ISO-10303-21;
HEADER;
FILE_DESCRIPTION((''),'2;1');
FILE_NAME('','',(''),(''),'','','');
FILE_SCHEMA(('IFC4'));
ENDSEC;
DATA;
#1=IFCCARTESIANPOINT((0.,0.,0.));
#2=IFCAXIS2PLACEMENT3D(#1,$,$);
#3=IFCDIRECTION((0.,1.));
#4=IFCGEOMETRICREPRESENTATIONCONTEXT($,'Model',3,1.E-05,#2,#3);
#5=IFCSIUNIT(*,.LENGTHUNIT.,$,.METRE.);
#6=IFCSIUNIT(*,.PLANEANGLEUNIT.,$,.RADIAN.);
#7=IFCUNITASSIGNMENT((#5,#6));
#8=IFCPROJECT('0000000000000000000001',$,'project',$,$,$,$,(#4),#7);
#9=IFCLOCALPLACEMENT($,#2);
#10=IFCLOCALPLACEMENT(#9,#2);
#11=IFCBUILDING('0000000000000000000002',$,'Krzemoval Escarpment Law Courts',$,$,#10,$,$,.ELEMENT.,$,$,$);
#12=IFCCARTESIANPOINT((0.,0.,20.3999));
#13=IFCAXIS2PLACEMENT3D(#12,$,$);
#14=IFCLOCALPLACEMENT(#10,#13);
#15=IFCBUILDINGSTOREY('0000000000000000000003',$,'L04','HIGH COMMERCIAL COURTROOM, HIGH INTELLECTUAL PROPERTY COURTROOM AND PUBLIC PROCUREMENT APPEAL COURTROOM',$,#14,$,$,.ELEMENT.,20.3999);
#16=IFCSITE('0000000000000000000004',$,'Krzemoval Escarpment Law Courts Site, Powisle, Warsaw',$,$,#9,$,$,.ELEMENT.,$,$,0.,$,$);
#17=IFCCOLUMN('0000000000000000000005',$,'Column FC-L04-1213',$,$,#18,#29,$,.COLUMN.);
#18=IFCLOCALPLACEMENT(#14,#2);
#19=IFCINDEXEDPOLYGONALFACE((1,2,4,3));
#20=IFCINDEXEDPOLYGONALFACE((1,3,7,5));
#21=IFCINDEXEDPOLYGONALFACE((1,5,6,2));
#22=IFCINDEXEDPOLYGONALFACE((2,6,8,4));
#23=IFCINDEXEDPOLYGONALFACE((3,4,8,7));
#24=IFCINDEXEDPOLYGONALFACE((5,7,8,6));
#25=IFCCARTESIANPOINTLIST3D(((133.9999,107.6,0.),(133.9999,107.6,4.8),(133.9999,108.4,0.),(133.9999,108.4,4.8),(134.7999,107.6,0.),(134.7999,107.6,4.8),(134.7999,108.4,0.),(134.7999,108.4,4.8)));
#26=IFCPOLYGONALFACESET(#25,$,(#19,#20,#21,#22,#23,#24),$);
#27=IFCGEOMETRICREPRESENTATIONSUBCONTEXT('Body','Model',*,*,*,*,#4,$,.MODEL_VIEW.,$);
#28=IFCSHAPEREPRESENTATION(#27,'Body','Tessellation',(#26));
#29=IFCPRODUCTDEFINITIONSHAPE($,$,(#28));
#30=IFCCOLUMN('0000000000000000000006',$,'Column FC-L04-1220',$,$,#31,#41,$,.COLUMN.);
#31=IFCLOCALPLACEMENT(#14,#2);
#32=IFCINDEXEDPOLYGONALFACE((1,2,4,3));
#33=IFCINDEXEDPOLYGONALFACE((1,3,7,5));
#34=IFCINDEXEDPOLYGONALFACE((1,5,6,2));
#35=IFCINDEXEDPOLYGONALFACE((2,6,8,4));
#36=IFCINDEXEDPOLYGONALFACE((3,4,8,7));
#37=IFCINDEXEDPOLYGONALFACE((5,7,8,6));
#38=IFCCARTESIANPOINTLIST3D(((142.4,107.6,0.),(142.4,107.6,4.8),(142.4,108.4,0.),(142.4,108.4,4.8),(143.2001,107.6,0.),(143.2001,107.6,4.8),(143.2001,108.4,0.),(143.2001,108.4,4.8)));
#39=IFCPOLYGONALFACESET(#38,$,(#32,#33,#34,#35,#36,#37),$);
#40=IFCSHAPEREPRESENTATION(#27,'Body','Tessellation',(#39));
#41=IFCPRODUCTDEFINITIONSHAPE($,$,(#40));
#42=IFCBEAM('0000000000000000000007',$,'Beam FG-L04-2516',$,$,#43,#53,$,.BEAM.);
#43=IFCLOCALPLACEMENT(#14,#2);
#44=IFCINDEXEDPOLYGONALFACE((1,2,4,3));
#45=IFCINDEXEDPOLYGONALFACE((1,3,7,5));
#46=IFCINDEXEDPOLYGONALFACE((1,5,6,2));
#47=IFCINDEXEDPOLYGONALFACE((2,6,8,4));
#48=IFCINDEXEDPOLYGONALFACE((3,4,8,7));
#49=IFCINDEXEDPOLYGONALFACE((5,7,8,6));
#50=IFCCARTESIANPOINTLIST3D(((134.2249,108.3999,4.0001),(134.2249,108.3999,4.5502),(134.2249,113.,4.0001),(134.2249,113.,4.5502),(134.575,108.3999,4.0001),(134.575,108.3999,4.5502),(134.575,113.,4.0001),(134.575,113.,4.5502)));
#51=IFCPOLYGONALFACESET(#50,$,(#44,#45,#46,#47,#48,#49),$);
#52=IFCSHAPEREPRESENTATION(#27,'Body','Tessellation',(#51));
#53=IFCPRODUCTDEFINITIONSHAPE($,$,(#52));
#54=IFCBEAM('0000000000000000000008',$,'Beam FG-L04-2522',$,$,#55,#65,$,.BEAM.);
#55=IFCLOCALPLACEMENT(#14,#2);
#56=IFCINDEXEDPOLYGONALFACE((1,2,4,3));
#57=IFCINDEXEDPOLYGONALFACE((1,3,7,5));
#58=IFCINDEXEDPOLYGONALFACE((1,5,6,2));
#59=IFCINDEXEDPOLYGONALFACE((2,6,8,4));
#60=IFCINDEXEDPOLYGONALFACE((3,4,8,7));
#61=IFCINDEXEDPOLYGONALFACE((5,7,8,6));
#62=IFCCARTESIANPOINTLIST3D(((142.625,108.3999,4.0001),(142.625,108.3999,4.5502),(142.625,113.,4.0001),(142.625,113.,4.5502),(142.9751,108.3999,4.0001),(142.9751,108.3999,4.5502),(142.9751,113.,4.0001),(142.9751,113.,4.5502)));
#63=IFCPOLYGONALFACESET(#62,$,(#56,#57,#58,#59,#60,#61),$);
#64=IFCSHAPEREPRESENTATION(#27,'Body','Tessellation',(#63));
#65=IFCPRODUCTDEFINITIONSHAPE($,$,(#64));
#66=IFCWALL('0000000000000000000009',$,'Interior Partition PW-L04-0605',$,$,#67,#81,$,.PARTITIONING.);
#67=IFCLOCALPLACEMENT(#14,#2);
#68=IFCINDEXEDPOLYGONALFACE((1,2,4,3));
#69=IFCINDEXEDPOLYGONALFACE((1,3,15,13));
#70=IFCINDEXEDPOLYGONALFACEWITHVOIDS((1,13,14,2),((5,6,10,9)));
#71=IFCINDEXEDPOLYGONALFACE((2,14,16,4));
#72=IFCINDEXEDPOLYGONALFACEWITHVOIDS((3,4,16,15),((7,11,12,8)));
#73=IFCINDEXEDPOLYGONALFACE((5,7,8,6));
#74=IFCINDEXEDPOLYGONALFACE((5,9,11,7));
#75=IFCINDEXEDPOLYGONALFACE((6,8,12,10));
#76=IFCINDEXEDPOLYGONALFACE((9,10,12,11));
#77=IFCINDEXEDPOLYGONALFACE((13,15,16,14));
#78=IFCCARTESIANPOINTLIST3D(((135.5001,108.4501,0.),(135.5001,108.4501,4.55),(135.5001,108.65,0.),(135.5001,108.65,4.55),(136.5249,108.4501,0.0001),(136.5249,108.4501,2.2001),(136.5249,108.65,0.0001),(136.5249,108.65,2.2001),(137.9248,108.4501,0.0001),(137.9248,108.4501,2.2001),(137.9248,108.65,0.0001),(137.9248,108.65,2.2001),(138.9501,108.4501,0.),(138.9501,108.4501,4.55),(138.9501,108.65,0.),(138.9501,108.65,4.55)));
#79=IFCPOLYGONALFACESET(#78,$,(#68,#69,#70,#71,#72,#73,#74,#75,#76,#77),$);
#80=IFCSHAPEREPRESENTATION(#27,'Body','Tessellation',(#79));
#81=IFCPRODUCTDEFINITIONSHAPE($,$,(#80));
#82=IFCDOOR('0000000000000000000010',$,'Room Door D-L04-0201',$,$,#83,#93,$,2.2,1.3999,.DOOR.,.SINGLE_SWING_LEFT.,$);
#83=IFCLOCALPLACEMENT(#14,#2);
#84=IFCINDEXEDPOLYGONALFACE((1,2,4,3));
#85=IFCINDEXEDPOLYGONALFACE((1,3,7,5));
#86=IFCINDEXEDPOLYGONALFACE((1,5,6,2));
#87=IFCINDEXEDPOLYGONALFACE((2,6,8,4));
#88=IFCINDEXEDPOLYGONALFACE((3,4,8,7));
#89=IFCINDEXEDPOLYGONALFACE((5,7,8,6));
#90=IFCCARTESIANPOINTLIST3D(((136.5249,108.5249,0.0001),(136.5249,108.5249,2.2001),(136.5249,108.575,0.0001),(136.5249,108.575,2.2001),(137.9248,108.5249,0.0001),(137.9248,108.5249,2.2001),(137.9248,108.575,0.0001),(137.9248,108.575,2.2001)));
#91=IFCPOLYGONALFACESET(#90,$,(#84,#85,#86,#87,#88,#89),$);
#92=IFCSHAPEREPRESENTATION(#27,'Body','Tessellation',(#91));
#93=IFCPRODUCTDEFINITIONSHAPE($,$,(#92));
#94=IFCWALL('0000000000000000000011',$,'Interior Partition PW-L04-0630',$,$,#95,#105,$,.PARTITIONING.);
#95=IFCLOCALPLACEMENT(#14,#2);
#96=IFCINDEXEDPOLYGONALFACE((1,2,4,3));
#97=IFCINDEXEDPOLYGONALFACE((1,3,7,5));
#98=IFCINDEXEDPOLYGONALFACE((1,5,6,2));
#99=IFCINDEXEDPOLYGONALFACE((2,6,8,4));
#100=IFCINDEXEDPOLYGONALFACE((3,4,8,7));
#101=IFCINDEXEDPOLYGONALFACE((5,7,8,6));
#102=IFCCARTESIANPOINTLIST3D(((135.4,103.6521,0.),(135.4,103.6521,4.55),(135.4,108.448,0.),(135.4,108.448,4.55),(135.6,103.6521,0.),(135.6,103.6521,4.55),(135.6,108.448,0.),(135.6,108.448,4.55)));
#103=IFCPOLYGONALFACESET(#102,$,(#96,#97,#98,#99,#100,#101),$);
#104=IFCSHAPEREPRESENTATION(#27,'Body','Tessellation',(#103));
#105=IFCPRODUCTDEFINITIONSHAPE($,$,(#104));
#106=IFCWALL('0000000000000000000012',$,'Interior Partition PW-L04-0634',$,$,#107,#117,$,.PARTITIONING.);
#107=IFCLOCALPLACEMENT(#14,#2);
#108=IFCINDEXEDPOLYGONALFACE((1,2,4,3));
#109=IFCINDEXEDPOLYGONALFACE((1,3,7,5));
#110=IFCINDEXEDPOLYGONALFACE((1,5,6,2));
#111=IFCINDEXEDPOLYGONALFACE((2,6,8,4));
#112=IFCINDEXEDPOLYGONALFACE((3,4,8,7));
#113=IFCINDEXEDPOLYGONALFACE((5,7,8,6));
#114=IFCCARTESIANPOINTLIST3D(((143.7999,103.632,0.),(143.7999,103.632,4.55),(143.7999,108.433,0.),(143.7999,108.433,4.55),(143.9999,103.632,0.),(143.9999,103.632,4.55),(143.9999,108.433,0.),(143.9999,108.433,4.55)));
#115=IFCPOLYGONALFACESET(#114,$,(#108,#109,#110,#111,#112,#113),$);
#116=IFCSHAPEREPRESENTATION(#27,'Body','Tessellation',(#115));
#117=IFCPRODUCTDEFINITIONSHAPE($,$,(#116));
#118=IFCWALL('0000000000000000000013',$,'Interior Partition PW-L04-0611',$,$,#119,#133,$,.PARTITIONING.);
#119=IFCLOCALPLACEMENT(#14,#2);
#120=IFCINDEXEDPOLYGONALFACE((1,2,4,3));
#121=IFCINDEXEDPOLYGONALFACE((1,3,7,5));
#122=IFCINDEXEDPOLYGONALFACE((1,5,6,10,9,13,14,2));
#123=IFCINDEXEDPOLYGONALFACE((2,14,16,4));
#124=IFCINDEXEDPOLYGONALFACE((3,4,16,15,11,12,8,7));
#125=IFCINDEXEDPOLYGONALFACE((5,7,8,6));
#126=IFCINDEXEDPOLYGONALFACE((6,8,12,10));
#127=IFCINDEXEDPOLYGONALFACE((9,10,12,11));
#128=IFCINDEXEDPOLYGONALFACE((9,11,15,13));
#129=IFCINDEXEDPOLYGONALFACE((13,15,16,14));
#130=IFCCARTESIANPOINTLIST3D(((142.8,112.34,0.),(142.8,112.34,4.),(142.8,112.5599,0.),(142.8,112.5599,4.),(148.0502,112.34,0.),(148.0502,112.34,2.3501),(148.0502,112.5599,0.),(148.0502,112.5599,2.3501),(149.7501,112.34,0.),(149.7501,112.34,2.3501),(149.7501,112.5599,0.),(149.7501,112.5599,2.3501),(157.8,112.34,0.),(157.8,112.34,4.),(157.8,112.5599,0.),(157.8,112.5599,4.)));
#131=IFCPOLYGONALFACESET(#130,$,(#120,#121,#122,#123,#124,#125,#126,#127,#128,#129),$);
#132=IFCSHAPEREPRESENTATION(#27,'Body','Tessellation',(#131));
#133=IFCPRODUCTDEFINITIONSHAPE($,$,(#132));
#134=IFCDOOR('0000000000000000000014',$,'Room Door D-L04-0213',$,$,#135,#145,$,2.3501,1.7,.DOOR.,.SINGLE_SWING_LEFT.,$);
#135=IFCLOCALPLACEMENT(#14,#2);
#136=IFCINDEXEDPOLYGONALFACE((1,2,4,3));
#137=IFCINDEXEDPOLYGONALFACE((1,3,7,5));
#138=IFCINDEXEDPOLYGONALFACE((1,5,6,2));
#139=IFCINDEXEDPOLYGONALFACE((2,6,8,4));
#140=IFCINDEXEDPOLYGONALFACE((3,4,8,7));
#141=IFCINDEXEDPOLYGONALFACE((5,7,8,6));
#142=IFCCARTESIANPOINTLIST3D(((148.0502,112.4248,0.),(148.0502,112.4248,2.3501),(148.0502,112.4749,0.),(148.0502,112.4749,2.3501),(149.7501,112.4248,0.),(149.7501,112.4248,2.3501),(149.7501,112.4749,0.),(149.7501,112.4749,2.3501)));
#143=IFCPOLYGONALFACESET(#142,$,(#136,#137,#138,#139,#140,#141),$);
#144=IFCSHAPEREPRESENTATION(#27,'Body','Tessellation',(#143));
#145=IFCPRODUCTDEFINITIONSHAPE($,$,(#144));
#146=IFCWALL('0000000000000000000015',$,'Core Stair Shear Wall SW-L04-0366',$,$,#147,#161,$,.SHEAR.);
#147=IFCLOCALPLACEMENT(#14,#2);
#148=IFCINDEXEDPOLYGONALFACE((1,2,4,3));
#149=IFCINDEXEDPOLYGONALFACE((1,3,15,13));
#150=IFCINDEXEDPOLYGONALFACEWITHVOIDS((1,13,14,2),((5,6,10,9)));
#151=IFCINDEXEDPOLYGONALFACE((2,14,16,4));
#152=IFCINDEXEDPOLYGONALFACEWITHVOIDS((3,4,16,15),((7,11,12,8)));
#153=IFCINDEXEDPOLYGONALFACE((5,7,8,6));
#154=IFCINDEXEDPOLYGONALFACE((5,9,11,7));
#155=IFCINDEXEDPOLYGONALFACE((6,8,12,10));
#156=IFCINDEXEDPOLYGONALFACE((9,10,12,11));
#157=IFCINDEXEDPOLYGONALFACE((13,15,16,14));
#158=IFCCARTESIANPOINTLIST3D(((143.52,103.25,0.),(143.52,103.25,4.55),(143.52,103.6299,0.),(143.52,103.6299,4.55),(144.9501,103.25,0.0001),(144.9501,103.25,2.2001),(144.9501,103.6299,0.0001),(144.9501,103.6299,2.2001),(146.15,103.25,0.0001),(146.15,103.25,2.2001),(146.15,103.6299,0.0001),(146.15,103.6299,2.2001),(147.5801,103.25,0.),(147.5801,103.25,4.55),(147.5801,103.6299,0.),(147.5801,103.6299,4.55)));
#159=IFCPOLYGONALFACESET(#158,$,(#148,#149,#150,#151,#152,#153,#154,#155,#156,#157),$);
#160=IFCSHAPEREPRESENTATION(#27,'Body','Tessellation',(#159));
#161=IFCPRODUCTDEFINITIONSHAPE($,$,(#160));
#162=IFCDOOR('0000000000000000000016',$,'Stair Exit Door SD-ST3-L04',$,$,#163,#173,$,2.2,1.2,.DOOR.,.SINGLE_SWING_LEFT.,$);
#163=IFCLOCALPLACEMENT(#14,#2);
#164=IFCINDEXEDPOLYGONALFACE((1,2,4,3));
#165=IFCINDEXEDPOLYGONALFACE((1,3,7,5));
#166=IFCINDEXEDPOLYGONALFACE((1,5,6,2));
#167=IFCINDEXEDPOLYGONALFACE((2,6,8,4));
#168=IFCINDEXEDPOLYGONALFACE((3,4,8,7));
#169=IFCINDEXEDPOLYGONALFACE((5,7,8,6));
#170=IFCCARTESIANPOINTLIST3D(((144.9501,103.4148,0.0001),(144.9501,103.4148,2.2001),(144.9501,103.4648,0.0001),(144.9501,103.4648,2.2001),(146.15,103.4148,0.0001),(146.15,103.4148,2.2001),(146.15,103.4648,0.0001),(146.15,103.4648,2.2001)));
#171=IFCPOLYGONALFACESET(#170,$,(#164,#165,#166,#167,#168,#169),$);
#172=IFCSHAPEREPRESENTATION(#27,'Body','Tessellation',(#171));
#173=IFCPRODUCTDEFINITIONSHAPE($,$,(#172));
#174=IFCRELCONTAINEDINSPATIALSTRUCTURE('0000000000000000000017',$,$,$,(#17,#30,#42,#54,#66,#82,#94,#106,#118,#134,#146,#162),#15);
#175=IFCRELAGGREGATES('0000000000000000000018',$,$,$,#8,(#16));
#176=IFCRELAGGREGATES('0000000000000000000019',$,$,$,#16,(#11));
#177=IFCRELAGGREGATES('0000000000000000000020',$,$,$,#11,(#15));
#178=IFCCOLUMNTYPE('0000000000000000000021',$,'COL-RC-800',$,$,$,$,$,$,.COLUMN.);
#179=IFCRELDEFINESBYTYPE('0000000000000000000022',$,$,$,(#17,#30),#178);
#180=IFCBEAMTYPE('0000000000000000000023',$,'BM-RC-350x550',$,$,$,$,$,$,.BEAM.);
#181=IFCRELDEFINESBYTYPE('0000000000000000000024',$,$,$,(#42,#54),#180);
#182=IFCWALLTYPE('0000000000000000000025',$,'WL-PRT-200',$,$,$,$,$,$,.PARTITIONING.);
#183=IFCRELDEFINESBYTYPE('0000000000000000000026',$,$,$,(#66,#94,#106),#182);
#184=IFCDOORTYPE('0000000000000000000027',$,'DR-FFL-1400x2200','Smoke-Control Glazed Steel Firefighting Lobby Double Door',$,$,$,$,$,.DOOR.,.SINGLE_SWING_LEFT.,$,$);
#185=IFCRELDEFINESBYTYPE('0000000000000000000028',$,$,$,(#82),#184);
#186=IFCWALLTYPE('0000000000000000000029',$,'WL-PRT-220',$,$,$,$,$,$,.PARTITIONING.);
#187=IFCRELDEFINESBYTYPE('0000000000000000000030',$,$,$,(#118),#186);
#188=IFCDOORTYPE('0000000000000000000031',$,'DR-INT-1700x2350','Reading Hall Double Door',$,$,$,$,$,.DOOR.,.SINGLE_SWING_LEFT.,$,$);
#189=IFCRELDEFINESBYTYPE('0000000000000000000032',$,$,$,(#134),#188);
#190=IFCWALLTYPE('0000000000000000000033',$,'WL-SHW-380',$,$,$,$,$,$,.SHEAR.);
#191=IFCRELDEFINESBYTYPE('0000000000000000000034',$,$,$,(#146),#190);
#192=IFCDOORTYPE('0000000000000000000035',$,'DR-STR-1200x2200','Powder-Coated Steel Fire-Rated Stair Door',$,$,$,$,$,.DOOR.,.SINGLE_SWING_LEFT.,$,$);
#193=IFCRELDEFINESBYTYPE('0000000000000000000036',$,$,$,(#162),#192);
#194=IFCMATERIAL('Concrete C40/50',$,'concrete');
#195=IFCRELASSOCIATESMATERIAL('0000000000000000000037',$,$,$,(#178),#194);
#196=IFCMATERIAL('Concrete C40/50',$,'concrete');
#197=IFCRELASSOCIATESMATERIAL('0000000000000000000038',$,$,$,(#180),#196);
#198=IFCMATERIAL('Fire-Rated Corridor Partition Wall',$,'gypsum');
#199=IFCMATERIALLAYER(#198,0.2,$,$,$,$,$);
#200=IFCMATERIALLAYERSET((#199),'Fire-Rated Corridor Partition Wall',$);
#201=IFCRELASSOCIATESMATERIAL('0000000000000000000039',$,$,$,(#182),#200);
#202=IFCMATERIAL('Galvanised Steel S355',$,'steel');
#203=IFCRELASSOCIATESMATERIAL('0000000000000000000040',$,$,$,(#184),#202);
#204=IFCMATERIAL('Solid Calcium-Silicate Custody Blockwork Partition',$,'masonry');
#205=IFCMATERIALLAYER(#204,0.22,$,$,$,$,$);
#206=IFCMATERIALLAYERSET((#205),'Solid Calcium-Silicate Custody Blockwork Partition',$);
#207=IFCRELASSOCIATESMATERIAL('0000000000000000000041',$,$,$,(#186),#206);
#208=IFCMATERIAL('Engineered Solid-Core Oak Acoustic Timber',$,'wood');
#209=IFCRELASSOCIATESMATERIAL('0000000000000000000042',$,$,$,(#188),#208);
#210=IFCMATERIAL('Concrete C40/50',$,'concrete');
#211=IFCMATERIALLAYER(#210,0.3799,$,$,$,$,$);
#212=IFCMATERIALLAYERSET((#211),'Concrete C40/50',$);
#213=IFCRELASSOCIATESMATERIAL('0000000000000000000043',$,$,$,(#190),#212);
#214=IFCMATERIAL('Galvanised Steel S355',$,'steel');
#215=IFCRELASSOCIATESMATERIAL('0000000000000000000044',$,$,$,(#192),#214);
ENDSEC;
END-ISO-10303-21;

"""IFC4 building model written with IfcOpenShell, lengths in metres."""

from ifc_helpers import new_model, si_unit, direction, frame, frame_2d, origin, origin_2d, place, context, subcontext, project, spatial, rectangle, extrude, material, layer, layer_set, material_profile, profile_set, type_object, element, fill, save


model = new_model("IFC4")

# Units and contexts
model_context = context("Model", 3, precision=1e-05, world=origin(), true_north=direction((0.0, 1.0)))
body_context = subcontext(model_context, "Body", "Model", "MODEL_VIEW")
ifc_project = project(units=[si_unit("LENGTHUNIT", "METRE"), si_unit("PLANEANGLEUNIT", "RADIAN")], contexts=[model_context])

# Site, building, storey
site_placement = place(None, origin())
site = spatial("IfcSite", under=ifc_project, at=site_placement, Name="Krzemoval Escarpment Law Courts Site, Powisle, Warsaw", CompositionType="ELEMENT", RefElevation=0.0)
building_placement = place(site_placement, origin())
building = spatial("IfcBuilding", under=site, at=building_placement, Name="Krzemoval Escarpment Law Courts", CompositionType="ELEMENT")
storey_placement = place(building_placement, frame((0.0, 0.0, 20.3999)))
storey = spatial("IfcBuildingStorey", under=building, at=storey_placement, Name="L04", Description="HIGH COMMERCIAL COURTROOM, HIGH INTELLECTUAL PROPERTY COURTROOM AND PUBLIC PROCUREMENT APPEAL COURTROOM", CompositionType="ELEMENT", Elevation=20.3999)

# Columns
ifc_material_1 = material(Name="Concrete C40/50", Category="concrete")
ifc_material_profile_1 = material_profile(ifc_material_1, rectangle(XDim=0.8, YDim=0.8, at=origin_2d()), Name="RC 800x800")
ifc_profile_set_1 = profile_set([ifc_material_profile_1], Name="Concrete C40/50")
column_type = type_object("IfcColumnType", Name="COL-RC-800", PredefinedType="COLUMN", material=ifc_profile_set_1)
for number, where, z_axis, x_axis, name in (
    (1, (134.3999, 108.0, 0.0), (0.0, 0.0, 1.0), (1.0, 0.0, 0.0), "Column FC-L04-1213"),
    (2, (142.8, 108.0, 0.0), (0.0, 0.0, 1.0), (1.0, 0.0, 0.0), "Column FC-L04-1220"),
):
    element("IfcColumn", number, at=place(storey_placement, frame(where, z_axis=z_axis, x_axis=x_axis)), inside=storey, type_object=column_type, Name=name, PredefinedType="COLUMN", context=body_context, shape_type="SweptSolid", body=[
        extrude(rectangle(XDim=0.8, YDim=0.8, at=origin_2d()), origin(), (0.0, 0.0, 1.0), 4.8),
    ])

# Beams
ifc_material_2 = material(Name="Concrete C40/50", Category="concrete")
ifc_material_profile_2 = material_profile(ifc_material_2, rectangle(XDim=0.3501, YDim=0.55, at=origin_2d()), Name="RCB 350x550")
ifc_profile_set_2 = profile_set([ifc_material_profile_2], Name="Concrete C40/50")
beam_type = type_object("IfcBeamType", Name="BM-RC-350x550", PredefinedType="BEAM", material=ifc_profile_set_2)
for number, where, z_axis, x_axis, name in (
    (3, (134.3999, 108.3999, 4.2751), (0.0, 1.0, 0.0), (-1.0, 0.0, 0.0), "Beam FG-L04-2516"),
    (4, (142.8, 108.3999, 4.2751), (0.0, 1.0, 0.0), (-1.0, 0.0, 0.0), "Beam FG-L04-2522"),
):
    element("IfcBeam", number, at=place(storey_placement, frame(where, z_axis=z_axis, x_axis=x_axis)), inside=storey, type_object=beam_type, Name=name, PredefinedType="BEAM", context=body_context, shape_type="SweptSolid", body=[
        extrude(rectangle(XDim=0.3501, YDim=0.55, at=origin_2d()), origin(), (0.0, 0.0, 1.0), 4.6001),
    ])

# Wall, opening, door
ifc_material_3 = material(Name="Fire-Rated Corridor Partition Wall", Category="gypsum")
ifc_layer_1 = layer(ifc_material_3, 0.2)
ifc_layer_set_1 = layer_set([ifc_layer_1], Name="Fire-Rated Corridor Partition Wall")
wall_type_1 = type_object("IfcWallType", Name="WL-PRT-200", PredefinedType="PARTITIONING", material=ifc_layer_set_1)
wall_1_placement = place(storey_placement, frame((135.5, 108.55, 0.0), z_axis=(0.0, 0.0, 1.0), x_axis=(1.0, 0.0, 0.0)))
wall_1 = element("IfcWall", 5, at=wall_1_placement, inside=storey, type_object=wall_type_1, Name="Interior Partition PW-L04-0605", PredefinedType="PARTITIONING", context=body_context, shape_type="SweptSolid", body=[
    extrude(rectangle(XDim=3.45, YDim=0.2, at=frame_2d((1.7251, 0.0))), origin(), (0.0, 0.0, 1.0), 4.55),
])
opening_1_placement = place(wall_1_placement, frame((1.0249, 0.0, 0.0)))
opening_1 = element("IfcOpeningElement", 6, at=opening_1_placement, cuts=wall_1, PredefinedType="OPENING", context=body_context, shape_type="SweptSolid", body=[
    extrude(rectangle(XDim=1.3999, YDim=2.2, at=frame_2d((0.7, 1.1001))), frame((0.0, 0.115, 0.0), z_axis=(0.0, -1.0, 0.0), x_axis=(1.0, 0.0, 0.0)), (0.0, 0.0, 1.0), 0.2299),
])
ifc_material_4 = material(Name="Galvanised Steel S355", Category="steel")
door_type_1 = type_object("IfcDoorType", Name="DR-FFL-1400x2200", Description="Smoke-Control Glazed Steel Firefighting Lobby Double Door", OperationType="SINGLE_SWING_LEFT", PredefinedType="DOOR", material=ifc_material_4)
door_1_placement = place(opening_1_placement, origin())
door_1 = element("IfcDoor", 7, at=door_1_placement, inside=storey, type_object=door_type_1, Name="Room Door D-L04-0201", OperationType="SINGLE_SWING_LEFT", OverallHeight=2.2, OverallWidth=1.3999, PredefinedType="DOOR", context=body_context, shape_type="SweptSolid", body=[
    extrude(rectangle(XDim=1.3999, YDim=2.2, at=frame_2d((0.7, 1.1001))), frame((0.0, 0.0249, 0.0), z_axis=(0.0, -1.0, 0.0), x_axis=(1.0, 0.0, 0.0)), (0.0, 0.0, 1.0), 0.05),
])
fill(opening_1, door_1)

# Walls
wall_2_placement = place(storey_placement, frame((135.5, 103.6521, 0.0), z_axis=(0.0, 0.0, 1.0), x_axis=(0.0, 1.0, 0.0)))
element("IfcWall", 8, at=wall_2_placement, inside=storey, type_object=wall_type_1, Name="Interior Partition PW-L04-0630", PredefinedType="PARTITIONING", context=body_context, shape_type="SweptSolid", body=[
    extrude(rectangle(XDim=4.7959, YDim=0.2, at=frame_2d((2.3979, 0.0))), origin(), (0.0, 0.0, 1.0), 4.55),
])
wall_3_placement = place(storey_placement, frame((143.8999, 103.6321, 0.0), z_axis=(0.0, 0.0, 1.0), x_axis=(0.0, 1.0, 0.0)))
element("IfcWall", 9, at=wall_3_placement, inside=storey, type_object=wall_type_1, Name="Interior Partition PW-L04-0634", PredefinedType="PARTITIONING", context=body_context, shape_type="SweptSolid", body=[
    extrude(rectangle(XDim=4.801, YDim=0.2, at=frame_2d((2.4004, 0.0))), origin(), (0.0, 0.0, 1.0), 4.55),
])

# Wall, opening, door
ifc_material_5 = material(Name="Solid Calcium-Silicate Custody Blockwork Partition", Category="masonry")
ifc_layer_2 = layer(ifc_material_5, 0.22)
ifc_layer_set_2 = layer_set([ifc_layer_2], Name="Solid Calcium-Silicate Custody Blockwork Partition")
wall_type_2 = type_object("IfcWallType", Name="WL-PRT-220", PredefinedType="PARTITIONING", material=ifc_layer_set_2)
wall_4_placement = place(storey_placement, frame((142.8, 112.45, 0.0), z_axis=(0.0, 0.0, 1.0), x_axis=(1.0, 0.0, 0.0)))
wall_4 = element("IfcWall", 10, at=wall_4_placement, inside=storey, type_object=wall_type_2, Name="Interior Partition PW-L04-0611", PredefinedType="PARTITIONING", context=body_context, shape_type="SweptSolid", body=[
    extrude(rectangle(XDim=15.0, YDim=0.22, at=frame_2d((7.5, 0.0))), origin(), (0.0, 0.0, 1.0), 4.0),
])
opening_2_placement = place(wall_4_placement, frame((5.25, 0.0, 0.0)))
opening_2 = element("IfcOpeningElement", 11, at=opening_2_placement, cuts=wall_4, PredefinedType="OPENING", context=body_context, shape_type="SweptSolid", body=[
    extrude(rectangle(XDim=1.7, YDim=2.3501, at=frame_2d((0.8501, 1.175))), frame((0.0, 0.125, 0.0), z_axis=(0.0, -1.0, 0.0), x_axis=(1.0, 0.0, 0.0)), (0.0, 0.0, 1.0), 0.25),
])
ifc_material_6 = material(Name="Engineered Solid-Core Oak Acoustic Timber", Category="wood")
door_type_2 = type_object("IfcDoorType", Name="DR-INT-1700x2350", Description="Reading Hall Double Door", OperationType="SINGLE_SWING_LEFT", PredefinedType="DOOR", material=ifc_material_6)
door_2_placement = place(opening_2_placement, origin())
door_2 = element("IfcDoor", 12, at=door_2_placement, inside=storey, type_object=door_type_2, Name="Room Door D-L04-0213", OperationType="SINGLE_SWING_LEFT", OverallHeight=2.3501, OverallWidth=1.7, PredefinedType="DOOR", context=body_context, shape_type="SweptSolid", body=[
    extrude(rectangle(XDim=1.7, YDim=2.3501, at=frame_2d((0.8501, 1.175))), frame((0.0, 0.0249, 0.0), z_axis=(0.0, -1.0, 0.0), x_axis=(1.0, 0.0, 0.0)), (0.0, 0.0, 1.0), 0.05),
])
fill(opening_2, door_2)

# Wall, opening, door
ifc_material_7 = material(Name="Concrete C40/50", Category="concrete")
ifc_layer_3 = layer(ifc_material_7, 0.3799)
ifc_layer_set_3 = layer_set([ifc_layer_3], Name="Concrete C40/50")
wall_type_3 = type_object("IfcWallType", Name="WL-SHW-380", PredefinedType="SHEAR", material=ifc_layer_set_3)
wall_5_placement = place(storey_placement, frame((143.52, 103.4399, 0.0), z_axis=(0.0, 0.0, 1.0), x_axis=(1.0, 0.0, 0.0)))
wall_5 = element("IfcWall", 13, at=wall_5_placement, inside=storey, type_object=wall_type_3, Name="Core Stair Shear Wall SW-L04-0366", PredefinedType="SHEAR", context=body_context, shape_type="SweptSolid", body=[
    extrude(rectangle(XDim=4.0601, YDim=0.3799, at=frame_2d((2.03, 0.0))), origin(), (0.0, 0.0, 1.0), 4.55),
])
opening_3_placement = place(wall_5_placement, frame((1.4299, 0.0, 0.0)))
opening_3 = element("IfcOpeningElement", 14, at=opening_3_placement, cuts=wall_5, PredefinedType="OPENING", context=body_context, shape_type="SweptSolid", body=[
    extrude(rectangle(XDim=1.2, YDim=2.2, at=frame_2d((0.6001, 1.1001))), frame((0.0, 0.2049, 0.0), z_axis=(0.0, -1.0, 0.0), x_axis=(1.0, 0.0, 0.0)), (0.0, 0.0, 1.0), 0.4099),
])
ifc_material_8 = material(Name="Galvanised Steel S355", Category="steel")
door_type_3 = type_object("IfcDoorType", Name="DR-STR-1200x2200", Description="Powder-Coated Steel Fire-Rated Stair Door", OperationType="SINGLE_SWING_LEFT", PredefinedType="DOOR", material=ifc_material_8)
door_3_placement = place(opening_3_placement, origin())
door_3 = element("IfcDoor", 15, at=door_3_placement, inside=storey, type_object=door_type_3, Name="Stair Exit Door SD-ST3-L04", OperationType="SINGLE_SWING_LEFT", OverallHeight=2.2, OverallWidth=1.2, PredefinedType="DOOR", context=body_context, shape_type="SweptSolid", body=[
    extrude(rectangle(XDim=1.2, YDim=2.2, at=frame_2d((0.6001, 1.1001))), frame((0.0, 0.0249, 0.0), z_axis=(0.0, -1.0, 0.0), x_axis=(1.0, 0.0, 0.0)), (0.0, 0.0, 1.0), 0.05),
])
fill(opening_3, door_3)

save(model, "model.ifc")
